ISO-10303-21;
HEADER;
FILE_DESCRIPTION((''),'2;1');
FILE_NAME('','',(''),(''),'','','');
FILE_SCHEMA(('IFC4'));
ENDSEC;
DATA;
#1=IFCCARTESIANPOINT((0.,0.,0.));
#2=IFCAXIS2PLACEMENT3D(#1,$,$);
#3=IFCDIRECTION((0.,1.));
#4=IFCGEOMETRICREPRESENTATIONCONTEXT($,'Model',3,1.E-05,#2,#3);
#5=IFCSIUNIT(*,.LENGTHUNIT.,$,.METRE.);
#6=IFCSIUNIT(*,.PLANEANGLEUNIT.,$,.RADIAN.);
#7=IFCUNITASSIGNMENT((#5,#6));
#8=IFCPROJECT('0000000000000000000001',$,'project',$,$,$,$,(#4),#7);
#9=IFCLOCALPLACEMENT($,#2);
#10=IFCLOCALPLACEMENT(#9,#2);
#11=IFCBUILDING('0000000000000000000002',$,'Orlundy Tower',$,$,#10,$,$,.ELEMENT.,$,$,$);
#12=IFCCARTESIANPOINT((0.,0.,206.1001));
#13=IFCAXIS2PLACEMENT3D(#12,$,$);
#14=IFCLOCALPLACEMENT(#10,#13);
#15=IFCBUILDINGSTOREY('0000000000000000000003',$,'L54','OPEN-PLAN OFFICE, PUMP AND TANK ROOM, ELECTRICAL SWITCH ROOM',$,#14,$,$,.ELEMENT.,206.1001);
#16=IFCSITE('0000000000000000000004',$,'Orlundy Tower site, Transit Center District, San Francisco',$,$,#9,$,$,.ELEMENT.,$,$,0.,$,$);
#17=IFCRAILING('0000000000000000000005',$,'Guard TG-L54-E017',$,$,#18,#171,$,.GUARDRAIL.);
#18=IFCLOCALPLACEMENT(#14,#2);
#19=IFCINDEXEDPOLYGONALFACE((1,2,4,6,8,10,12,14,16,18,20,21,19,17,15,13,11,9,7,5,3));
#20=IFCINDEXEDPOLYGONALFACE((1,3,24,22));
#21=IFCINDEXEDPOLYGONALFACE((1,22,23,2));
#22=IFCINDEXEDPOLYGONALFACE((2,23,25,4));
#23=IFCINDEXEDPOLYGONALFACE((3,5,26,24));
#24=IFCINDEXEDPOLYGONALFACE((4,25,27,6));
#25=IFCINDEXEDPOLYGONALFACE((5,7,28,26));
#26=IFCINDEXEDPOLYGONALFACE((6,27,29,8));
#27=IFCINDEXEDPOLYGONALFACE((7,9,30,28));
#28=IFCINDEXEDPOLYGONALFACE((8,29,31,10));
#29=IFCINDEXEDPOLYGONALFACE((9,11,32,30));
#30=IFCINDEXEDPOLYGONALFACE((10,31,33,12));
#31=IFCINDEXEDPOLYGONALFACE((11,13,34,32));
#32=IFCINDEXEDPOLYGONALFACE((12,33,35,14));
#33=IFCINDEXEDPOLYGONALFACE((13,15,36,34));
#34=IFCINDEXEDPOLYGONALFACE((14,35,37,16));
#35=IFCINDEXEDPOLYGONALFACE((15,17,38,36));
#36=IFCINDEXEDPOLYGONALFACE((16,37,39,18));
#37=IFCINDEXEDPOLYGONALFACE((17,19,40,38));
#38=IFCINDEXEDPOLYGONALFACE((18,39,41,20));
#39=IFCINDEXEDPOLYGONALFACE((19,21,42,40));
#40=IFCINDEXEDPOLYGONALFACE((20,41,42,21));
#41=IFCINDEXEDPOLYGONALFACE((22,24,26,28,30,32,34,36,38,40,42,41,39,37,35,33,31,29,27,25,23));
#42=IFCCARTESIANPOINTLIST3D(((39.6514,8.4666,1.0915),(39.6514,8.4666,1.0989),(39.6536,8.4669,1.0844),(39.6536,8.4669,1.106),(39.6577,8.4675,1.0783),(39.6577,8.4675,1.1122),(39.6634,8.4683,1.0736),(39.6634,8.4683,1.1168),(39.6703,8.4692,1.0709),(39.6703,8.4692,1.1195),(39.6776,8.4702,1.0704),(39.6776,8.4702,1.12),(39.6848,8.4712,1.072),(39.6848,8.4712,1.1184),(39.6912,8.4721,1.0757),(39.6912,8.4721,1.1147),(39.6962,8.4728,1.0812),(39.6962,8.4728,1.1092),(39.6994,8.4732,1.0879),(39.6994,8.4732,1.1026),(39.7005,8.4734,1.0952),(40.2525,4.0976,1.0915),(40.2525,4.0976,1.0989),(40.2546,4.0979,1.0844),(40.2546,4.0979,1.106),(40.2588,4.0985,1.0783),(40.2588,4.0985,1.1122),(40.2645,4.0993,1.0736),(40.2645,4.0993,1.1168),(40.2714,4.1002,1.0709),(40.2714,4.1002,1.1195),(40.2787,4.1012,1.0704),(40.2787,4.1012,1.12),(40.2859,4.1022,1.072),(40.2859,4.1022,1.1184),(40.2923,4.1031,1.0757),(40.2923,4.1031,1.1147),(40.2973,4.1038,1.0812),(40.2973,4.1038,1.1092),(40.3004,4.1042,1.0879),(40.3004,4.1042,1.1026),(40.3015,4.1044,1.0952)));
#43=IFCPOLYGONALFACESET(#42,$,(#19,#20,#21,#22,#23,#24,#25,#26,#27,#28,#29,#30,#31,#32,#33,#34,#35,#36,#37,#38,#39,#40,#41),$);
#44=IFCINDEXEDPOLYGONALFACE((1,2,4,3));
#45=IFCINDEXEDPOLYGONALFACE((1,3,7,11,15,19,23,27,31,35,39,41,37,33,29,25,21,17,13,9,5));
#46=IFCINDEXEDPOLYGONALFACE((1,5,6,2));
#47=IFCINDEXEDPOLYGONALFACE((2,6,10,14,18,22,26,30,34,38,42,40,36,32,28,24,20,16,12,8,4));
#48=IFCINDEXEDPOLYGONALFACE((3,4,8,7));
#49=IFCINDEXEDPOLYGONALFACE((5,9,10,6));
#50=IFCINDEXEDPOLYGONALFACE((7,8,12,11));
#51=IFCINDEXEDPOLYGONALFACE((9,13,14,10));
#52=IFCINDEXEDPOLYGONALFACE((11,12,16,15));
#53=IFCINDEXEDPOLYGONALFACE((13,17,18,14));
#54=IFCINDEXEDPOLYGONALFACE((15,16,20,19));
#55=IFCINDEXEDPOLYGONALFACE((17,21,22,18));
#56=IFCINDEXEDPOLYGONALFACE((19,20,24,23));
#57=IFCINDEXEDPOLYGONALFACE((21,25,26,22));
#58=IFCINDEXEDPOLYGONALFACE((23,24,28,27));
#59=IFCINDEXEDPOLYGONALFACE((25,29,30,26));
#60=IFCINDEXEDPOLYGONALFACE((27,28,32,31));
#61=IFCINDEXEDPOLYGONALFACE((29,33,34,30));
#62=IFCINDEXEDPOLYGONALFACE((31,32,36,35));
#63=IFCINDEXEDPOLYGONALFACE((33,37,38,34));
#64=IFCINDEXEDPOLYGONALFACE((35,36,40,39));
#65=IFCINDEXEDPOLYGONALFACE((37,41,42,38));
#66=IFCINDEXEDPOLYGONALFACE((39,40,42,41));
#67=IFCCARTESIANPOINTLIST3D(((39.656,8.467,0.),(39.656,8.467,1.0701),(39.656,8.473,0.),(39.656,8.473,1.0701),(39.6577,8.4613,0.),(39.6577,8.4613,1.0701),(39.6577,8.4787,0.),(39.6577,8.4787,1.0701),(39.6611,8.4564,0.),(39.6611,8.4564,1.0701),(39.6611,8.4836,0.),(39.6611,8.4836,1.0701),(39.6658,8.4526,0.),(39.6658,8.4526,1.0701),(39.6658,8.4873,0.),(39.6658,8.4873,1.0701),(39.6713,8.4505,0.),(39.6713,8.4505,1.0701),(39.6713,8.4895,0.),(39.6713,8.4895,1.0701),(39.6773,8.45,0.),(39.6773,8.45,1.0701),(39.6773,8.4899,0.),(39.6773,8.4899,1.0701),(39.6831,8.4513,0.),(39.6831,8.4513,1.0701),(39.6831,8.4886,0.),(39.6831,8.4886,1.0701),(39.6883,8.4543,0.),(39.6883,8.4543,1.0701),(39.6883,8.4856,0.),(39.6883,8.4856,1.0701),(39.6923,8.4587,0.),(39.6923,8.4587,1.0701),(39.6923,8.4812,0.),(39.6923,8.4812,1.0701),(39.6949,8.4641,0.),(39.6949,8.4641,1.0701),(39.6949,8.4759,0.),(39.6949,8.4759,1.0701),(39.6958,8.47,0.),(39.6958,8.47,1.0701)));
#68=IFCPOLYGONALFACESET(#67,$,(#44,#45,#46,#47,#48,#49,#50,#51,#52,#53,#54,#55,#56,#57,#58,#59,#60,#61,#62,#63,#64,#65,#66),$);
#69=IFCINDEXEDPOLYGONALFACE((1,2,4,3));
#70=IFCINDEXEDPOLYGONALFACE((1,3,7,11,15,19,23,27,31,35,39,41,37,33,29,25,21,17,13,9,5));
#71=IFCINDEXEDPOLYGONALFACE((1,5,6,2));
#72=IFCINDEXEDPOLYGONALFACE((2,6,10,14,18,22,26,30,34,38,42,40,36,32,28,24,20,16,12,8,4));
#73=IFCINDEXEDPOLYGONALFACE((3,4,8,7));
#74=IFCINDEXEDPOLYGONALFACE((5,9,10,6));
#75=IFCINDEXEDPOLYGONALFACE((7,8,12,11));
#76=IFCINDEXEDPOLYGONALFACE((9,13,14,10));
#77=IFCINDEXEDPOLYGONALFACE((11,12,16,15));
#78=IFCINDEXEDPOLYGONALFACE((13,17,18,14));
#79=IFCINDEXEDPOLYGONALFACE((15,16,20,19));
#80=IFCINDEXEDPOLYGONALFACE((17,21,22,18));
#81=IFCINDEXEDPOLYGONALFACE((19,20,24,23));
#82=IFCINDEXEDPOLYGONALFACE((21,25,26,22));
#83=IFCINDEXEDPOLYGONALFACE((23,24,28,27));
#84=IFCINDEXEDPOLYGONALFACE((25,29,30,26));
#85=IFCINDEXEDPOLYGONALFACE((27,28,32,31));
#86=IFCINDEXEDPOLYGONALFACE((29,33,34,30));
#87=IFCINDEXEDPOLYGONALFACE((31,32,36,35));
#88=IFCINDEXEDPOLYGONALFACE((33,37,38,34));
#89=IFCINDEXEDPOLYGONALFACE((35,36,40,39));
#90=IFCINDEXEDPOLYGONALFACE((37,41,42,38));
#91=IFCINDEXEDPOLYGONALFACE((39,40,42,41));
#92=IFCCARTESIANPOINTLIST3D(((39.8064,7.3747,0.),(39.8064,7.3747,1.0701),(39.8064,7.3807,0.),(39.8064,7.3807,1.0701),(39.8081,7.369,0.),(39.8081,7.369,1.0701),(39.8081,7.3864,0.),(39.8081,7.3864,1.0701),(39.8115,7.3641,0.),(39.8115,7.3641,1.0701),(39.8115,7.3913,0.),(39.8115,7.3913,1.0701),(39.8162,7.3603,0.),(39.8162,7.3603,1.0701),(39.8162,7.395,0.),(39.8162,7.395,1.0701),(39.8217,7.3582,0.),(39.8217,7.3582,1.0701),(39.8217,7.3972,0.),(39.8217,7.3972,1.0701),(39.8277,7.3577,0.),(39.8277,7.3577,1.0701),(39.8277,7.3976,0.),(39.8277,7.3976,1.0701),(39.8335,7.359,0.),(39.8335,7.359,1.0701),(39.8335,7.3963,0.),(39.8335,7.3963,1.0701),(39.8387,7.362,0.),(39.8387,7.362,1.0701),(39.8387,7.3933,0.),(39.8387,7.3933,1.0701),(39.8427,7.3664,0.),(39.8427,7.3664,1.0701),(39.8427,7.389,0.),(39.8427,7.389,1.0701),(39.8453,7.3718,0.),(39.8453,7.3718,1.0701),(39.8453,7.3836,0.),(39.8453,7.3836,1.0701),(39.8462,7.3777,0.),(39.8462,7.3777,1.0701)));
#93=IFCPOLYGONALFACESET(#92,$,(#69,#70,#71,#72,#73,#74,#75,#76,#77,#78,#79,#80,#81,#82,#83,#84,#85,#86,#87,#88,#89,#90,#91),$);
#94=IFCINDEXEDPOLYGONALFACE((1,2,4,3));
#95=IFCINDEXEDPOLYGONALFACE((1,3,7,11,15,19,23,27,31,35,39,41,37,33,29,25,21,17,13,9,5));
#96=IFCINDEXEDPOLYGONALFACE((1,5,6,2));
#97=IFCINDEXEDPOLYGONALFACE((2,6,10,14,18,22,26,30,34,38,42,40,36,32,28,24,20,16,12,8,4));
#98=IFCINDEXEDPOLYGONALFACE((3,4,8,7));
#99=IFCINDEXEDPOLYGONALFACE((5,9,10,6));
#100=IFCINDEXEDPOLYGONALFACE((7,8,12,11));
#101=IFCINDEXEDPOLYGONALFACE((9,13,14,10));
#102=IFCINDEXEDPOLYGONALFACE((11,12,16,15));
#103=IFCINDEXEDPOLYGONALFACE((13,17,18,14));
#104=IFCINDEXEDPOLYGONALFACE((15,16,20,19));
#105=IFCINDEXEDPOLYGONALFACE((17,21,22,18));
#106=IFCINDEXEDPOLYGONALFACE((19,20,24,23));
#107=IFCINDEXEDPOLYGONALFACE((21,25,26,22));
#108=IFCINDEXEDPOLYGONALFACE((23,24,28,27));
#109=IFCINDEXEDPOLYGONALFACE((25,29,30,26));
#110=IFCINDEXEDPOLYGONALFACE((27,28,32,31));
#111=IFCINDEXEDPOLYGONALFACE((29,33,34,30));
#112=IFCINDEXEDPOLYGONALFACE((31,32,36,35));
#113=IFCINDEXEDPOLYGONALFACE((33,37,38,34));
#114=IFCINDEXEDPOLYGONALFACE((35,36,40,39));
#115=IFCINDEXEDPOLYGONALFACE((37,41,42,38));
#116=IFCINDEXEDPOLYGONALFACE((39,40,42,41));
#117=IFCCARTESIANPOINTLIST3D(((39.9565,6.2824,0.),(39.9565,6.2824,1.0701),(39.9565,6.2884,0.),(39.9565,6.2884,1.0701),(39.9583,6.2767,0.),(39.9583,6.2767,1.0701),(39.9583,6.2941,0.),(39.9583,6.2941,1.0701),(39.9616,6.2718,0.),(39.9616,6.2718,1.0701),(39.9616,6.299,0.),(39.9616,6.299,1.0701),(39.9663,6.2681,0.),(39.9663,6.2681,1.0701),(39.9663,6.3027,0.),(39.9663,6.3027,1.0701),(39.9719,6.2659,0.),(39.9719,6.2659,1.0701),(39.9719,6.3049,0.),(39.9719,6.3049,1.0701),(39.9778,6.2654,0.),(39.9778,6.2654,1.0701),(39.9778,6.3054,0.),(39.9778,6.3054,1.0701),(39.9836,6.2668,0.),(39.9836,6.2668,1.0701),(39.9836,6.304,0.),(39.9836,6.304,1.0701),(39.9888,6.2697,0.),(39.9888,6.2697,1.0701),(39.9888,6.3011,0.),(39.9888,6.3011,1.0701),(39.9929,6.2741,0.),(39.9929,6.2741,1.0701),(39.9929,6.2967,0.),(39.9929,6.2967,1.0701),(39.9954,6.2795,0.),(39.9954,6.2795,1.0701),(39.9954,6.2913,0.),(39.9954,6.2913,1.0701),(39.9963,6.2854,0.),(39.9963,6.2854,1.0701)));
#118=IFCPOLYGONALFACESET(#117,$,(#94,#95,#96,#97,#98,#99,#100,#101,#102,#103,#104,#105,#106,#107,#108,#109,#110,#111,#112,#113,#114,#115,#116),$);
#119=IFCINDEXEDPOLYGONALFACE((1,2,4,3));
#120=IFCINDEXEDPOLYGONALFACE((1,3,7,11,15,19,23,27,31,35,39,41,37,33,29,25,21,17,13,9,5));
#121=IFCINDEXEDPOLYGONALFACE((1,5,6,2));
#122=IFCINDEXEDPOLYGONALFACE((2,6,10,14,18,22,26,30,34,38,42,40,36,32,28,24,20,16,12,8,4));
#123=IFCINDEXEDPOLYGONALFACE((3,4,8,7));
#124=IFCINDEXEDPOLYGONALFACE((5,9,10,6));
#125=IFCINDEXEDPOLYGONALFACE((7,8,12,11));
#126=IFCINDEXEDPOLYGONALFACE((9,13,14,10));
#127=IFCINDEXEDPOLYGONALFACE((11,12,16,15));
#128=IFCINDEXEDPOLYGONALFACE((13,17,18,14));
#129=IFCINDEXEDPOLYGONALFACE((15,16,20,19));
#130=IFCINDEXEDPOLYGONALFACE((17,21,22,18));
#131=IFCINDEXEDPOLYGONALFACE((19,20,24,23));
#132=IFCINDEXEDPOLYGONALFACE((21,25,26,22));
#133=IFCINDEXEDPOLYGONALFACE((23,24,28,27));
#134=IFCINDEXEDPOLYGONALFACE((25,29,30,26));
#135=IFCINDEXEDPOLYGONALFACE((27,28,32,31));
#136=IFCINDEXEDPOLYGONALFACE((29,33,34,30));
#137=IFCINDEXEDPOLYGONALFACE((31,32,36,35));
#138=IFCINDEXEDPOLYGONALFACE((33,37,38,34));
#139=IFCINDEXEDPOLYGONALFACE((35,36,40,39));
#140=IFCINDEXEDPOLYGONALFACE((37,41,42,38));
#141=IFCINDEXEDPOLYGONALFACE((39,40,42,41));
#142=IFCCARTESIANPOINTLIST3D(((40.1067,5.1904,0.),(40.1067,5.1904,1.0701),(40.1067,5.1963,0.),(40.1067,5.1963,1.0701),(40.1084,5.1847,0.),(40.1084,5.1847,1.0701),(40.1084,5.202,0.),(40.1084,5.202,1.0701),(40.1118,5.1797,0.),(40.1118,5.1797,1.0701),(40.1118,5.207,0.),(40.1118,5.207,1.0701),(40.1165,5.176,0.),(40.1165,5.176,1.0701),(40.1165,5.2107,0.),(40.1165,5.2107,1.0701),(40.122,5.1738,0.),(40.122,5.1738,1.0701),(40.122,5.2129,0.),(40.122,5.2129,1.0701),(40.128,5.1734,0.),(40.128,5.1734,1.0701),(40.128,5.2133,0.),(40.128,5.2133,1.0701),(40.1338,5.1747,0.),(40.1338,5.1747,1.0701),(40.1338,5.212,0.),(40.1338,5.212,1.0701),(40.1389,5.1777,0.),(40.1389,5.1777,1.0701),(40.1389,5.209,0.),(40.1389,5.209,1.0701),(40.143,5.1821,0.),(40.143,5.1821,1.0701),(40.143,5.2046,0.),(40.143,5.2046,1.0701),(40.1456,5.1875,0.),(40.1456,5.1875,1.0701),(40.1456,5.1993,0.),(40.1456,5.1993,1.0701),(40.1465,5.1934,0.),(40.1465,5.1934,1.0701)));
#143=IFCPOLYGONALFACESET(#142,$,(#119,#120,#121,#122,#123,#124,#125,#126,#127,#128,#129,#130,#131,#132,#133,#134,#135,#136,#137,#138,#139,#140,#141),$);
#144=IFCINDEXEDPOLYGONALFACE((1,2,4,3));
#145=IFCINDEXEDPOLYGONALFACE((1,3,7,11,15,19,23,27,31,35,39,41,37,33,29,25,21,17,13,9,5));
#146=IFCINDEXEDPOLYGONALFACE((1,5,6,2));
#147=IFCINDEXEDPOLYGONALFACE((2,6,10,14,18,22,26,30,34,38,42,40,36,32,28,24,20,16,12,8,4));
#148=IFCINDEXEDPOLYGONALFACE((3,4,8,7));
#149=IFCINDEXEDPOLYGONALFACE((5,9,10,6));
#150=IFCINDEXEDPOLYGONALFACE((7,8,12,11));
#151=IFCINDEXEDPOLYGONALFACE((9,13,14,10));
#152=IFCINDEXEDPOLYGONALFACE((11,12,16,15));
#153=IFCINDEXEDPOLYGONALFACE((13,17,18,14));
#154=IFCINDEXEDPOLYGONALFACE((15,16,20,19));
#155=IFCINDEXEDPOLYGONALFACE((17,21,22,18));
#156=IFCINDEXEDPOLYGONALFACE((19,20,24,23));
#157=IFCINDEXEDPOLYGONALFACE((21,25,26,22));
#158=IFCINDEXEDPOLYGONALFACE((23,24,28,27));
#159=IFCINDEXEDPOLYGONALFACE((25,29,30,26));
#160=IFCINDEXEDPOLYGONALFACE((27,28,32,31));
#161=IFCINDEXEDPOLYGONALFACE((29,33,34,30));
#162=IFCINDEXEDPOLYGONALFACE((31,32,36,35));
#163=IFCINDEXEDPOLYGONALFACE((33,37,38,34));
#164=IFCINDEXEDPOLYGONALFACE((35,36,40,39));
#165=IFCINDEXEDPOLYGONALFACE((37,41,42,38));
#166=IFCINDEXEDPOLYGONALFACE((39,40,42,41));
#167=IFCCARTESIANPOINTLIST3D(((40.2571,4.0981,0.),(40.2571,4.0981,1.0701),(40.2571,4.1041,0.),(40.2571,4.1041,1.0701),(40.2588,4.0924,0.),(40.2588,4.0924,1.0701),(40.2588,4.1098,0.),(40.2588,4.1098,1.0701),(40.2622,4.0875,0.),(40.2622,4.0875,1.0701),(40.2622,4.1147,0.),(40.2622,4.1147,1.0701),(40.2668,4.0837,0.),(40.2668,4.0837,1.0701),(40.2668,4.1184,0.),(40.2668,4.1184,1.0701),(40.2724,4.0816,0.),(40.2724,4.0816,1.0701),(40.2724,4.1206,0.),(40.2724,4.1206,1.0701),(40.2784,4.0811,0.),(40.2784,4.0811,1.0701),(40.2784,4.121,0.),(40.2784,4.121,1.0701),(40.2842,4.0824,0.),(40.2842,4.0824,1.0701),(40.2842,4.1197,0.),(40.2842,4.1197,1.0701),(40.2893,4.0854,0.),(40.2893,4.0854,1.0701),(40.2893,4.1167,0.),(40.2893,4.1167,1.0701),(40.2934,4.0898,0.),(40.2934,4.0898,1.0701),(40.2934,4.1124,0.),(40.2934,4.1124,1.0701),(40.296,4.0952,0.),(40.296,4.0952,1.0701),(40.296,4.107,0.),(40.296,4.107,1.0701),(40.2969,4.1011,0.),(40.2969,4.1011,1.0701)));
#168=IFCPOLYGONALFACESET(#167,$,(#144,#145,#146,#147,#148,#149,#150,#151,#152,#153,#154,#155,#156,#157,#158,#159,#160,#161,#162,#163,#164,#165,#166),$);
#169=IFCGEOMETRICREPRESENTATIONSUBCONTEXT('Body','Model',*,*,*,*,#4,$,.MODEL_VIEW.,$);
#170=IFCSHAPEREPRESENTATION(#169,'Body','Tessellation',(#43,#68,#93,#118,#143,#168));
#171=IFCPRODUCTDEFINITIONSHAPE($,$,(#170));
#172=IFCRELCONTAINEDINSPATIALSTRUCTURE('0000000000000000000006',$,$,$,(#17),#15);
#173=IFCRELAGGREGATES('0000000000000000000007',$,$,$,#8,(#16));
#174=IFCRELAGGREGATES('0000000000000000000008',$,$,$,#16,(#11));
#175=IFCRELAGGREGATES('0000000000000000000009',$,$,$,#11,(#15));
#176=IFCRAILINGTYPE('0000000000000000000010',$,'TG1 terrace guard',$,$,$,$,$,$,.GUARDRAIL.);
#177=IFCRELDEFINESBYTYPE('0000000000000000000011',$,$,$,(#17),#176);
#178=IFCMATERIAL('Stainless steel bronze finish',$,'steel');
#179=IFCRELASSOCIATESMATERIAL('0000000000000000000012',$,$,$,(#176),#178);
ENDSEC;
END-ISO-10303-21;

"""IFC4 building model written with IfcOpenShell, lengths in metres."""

from ifc_helpers import new_model, si_unit, direction, frame, origin, origin_2d, place, context, subcontext, project, spatial, circle, extrude, material, type_object, element, save


model = new_model("IFC4")

# Units and contexts
model_context = context("Model", 3, precision=1e-05, world=origin(), true_north=direction((0.0, 1.0)))
body_context = subcontext(model_context, "Body", "Model", "MODEL_VIEW")
ifc_project = project(units=[si_unit("LENGTHUNIT", "METRE"), si_unit("PLANEANGLEUNIT", "RADIAN")], contexts=[model_context])

# Site, building, storey
site_placement = place(None, origin())
site = spatial("IfcSite", under=ifc_project, at=site_placement, Name="Orlundy Tower site, Transit Center District, San Francisco", CompositionType="ELEMENT", RefElevation=0.0)
building_placement = place(site_placement, origin())
building = spatial("IfcBuilding", under=site, at=building_placement, Name="Orlundy Tower", CompositionType="ELEMENT")
storey_placement = place(building_placement, frame((0.0, 0.0, 206.1001)))
storey = spatial("IfcBuildingStorey", under=building, at=storey_placement, Name="L54", Description="OPEN-PLAN OFFICE, PUMP AND TANK ROOM, ELECTRICAL SWITCH ROOM", CompositionType="ELEMENT", Elevation=206.1001)

# Railing
ifc_material_1 = material(Name="Stainless steel bronze finish", Category="steel")
railing_type_1 = type_object("IfcRailingType", Name="TG1 terrace guard", PredefinedType="GUARDRAIL", material=ifc_material_1)
railing_1_placement = place(storey_placement, frame((39.6758, 8.47, 0.0)))
element("IfcRailing", 1, at=railing_1_placement, inside=storey, type_object=railing_type_1, Name="Guard TG-L54-E017", PredefinedType="GUARDRAIL", context=body_context, shape_type="SweptSolid", body=[
    extrude(circle(Radius=0.0249, at=origin_2d()), frame((0.0, 0.0, 1.0952), z_axis=(0.136296, -0.990668, 0.0), x_axis=(0.990668, 0.136296, 0.0)), (0.0, 0.0, 1.0), 4.4102),
    extrude(circle(Radius=0.02, at=origin_2d()), origin(), (0.0, 0.0, 1.0), 1.0701),
    extrude(circle(Radius=0.02, at=origin_2d()), frame((0.1504, -1.0923, 0.0)), (0.0, 0.0, 1.0), 1.0701),
    extrude(circle(Radius=0.02, at=origin_2d()), frame((0.3005, -2.1846, 0.0)), (0.0, 0.0, 1.0), 1.0701),
    extrude(circle(Radius=0.02, at=origin_2d()), frame((0.4507, -3.2766, 0.0)), (0.0, 0.0, 1.0), 1.0701),
    extrude(circle(Radius=0.02, at=origin_2d()), frame((0.6011, -4.3689, 0.0)), (0.0, 0.0, 1.0), 1.0701),
])

save(model, "model.ifc")
